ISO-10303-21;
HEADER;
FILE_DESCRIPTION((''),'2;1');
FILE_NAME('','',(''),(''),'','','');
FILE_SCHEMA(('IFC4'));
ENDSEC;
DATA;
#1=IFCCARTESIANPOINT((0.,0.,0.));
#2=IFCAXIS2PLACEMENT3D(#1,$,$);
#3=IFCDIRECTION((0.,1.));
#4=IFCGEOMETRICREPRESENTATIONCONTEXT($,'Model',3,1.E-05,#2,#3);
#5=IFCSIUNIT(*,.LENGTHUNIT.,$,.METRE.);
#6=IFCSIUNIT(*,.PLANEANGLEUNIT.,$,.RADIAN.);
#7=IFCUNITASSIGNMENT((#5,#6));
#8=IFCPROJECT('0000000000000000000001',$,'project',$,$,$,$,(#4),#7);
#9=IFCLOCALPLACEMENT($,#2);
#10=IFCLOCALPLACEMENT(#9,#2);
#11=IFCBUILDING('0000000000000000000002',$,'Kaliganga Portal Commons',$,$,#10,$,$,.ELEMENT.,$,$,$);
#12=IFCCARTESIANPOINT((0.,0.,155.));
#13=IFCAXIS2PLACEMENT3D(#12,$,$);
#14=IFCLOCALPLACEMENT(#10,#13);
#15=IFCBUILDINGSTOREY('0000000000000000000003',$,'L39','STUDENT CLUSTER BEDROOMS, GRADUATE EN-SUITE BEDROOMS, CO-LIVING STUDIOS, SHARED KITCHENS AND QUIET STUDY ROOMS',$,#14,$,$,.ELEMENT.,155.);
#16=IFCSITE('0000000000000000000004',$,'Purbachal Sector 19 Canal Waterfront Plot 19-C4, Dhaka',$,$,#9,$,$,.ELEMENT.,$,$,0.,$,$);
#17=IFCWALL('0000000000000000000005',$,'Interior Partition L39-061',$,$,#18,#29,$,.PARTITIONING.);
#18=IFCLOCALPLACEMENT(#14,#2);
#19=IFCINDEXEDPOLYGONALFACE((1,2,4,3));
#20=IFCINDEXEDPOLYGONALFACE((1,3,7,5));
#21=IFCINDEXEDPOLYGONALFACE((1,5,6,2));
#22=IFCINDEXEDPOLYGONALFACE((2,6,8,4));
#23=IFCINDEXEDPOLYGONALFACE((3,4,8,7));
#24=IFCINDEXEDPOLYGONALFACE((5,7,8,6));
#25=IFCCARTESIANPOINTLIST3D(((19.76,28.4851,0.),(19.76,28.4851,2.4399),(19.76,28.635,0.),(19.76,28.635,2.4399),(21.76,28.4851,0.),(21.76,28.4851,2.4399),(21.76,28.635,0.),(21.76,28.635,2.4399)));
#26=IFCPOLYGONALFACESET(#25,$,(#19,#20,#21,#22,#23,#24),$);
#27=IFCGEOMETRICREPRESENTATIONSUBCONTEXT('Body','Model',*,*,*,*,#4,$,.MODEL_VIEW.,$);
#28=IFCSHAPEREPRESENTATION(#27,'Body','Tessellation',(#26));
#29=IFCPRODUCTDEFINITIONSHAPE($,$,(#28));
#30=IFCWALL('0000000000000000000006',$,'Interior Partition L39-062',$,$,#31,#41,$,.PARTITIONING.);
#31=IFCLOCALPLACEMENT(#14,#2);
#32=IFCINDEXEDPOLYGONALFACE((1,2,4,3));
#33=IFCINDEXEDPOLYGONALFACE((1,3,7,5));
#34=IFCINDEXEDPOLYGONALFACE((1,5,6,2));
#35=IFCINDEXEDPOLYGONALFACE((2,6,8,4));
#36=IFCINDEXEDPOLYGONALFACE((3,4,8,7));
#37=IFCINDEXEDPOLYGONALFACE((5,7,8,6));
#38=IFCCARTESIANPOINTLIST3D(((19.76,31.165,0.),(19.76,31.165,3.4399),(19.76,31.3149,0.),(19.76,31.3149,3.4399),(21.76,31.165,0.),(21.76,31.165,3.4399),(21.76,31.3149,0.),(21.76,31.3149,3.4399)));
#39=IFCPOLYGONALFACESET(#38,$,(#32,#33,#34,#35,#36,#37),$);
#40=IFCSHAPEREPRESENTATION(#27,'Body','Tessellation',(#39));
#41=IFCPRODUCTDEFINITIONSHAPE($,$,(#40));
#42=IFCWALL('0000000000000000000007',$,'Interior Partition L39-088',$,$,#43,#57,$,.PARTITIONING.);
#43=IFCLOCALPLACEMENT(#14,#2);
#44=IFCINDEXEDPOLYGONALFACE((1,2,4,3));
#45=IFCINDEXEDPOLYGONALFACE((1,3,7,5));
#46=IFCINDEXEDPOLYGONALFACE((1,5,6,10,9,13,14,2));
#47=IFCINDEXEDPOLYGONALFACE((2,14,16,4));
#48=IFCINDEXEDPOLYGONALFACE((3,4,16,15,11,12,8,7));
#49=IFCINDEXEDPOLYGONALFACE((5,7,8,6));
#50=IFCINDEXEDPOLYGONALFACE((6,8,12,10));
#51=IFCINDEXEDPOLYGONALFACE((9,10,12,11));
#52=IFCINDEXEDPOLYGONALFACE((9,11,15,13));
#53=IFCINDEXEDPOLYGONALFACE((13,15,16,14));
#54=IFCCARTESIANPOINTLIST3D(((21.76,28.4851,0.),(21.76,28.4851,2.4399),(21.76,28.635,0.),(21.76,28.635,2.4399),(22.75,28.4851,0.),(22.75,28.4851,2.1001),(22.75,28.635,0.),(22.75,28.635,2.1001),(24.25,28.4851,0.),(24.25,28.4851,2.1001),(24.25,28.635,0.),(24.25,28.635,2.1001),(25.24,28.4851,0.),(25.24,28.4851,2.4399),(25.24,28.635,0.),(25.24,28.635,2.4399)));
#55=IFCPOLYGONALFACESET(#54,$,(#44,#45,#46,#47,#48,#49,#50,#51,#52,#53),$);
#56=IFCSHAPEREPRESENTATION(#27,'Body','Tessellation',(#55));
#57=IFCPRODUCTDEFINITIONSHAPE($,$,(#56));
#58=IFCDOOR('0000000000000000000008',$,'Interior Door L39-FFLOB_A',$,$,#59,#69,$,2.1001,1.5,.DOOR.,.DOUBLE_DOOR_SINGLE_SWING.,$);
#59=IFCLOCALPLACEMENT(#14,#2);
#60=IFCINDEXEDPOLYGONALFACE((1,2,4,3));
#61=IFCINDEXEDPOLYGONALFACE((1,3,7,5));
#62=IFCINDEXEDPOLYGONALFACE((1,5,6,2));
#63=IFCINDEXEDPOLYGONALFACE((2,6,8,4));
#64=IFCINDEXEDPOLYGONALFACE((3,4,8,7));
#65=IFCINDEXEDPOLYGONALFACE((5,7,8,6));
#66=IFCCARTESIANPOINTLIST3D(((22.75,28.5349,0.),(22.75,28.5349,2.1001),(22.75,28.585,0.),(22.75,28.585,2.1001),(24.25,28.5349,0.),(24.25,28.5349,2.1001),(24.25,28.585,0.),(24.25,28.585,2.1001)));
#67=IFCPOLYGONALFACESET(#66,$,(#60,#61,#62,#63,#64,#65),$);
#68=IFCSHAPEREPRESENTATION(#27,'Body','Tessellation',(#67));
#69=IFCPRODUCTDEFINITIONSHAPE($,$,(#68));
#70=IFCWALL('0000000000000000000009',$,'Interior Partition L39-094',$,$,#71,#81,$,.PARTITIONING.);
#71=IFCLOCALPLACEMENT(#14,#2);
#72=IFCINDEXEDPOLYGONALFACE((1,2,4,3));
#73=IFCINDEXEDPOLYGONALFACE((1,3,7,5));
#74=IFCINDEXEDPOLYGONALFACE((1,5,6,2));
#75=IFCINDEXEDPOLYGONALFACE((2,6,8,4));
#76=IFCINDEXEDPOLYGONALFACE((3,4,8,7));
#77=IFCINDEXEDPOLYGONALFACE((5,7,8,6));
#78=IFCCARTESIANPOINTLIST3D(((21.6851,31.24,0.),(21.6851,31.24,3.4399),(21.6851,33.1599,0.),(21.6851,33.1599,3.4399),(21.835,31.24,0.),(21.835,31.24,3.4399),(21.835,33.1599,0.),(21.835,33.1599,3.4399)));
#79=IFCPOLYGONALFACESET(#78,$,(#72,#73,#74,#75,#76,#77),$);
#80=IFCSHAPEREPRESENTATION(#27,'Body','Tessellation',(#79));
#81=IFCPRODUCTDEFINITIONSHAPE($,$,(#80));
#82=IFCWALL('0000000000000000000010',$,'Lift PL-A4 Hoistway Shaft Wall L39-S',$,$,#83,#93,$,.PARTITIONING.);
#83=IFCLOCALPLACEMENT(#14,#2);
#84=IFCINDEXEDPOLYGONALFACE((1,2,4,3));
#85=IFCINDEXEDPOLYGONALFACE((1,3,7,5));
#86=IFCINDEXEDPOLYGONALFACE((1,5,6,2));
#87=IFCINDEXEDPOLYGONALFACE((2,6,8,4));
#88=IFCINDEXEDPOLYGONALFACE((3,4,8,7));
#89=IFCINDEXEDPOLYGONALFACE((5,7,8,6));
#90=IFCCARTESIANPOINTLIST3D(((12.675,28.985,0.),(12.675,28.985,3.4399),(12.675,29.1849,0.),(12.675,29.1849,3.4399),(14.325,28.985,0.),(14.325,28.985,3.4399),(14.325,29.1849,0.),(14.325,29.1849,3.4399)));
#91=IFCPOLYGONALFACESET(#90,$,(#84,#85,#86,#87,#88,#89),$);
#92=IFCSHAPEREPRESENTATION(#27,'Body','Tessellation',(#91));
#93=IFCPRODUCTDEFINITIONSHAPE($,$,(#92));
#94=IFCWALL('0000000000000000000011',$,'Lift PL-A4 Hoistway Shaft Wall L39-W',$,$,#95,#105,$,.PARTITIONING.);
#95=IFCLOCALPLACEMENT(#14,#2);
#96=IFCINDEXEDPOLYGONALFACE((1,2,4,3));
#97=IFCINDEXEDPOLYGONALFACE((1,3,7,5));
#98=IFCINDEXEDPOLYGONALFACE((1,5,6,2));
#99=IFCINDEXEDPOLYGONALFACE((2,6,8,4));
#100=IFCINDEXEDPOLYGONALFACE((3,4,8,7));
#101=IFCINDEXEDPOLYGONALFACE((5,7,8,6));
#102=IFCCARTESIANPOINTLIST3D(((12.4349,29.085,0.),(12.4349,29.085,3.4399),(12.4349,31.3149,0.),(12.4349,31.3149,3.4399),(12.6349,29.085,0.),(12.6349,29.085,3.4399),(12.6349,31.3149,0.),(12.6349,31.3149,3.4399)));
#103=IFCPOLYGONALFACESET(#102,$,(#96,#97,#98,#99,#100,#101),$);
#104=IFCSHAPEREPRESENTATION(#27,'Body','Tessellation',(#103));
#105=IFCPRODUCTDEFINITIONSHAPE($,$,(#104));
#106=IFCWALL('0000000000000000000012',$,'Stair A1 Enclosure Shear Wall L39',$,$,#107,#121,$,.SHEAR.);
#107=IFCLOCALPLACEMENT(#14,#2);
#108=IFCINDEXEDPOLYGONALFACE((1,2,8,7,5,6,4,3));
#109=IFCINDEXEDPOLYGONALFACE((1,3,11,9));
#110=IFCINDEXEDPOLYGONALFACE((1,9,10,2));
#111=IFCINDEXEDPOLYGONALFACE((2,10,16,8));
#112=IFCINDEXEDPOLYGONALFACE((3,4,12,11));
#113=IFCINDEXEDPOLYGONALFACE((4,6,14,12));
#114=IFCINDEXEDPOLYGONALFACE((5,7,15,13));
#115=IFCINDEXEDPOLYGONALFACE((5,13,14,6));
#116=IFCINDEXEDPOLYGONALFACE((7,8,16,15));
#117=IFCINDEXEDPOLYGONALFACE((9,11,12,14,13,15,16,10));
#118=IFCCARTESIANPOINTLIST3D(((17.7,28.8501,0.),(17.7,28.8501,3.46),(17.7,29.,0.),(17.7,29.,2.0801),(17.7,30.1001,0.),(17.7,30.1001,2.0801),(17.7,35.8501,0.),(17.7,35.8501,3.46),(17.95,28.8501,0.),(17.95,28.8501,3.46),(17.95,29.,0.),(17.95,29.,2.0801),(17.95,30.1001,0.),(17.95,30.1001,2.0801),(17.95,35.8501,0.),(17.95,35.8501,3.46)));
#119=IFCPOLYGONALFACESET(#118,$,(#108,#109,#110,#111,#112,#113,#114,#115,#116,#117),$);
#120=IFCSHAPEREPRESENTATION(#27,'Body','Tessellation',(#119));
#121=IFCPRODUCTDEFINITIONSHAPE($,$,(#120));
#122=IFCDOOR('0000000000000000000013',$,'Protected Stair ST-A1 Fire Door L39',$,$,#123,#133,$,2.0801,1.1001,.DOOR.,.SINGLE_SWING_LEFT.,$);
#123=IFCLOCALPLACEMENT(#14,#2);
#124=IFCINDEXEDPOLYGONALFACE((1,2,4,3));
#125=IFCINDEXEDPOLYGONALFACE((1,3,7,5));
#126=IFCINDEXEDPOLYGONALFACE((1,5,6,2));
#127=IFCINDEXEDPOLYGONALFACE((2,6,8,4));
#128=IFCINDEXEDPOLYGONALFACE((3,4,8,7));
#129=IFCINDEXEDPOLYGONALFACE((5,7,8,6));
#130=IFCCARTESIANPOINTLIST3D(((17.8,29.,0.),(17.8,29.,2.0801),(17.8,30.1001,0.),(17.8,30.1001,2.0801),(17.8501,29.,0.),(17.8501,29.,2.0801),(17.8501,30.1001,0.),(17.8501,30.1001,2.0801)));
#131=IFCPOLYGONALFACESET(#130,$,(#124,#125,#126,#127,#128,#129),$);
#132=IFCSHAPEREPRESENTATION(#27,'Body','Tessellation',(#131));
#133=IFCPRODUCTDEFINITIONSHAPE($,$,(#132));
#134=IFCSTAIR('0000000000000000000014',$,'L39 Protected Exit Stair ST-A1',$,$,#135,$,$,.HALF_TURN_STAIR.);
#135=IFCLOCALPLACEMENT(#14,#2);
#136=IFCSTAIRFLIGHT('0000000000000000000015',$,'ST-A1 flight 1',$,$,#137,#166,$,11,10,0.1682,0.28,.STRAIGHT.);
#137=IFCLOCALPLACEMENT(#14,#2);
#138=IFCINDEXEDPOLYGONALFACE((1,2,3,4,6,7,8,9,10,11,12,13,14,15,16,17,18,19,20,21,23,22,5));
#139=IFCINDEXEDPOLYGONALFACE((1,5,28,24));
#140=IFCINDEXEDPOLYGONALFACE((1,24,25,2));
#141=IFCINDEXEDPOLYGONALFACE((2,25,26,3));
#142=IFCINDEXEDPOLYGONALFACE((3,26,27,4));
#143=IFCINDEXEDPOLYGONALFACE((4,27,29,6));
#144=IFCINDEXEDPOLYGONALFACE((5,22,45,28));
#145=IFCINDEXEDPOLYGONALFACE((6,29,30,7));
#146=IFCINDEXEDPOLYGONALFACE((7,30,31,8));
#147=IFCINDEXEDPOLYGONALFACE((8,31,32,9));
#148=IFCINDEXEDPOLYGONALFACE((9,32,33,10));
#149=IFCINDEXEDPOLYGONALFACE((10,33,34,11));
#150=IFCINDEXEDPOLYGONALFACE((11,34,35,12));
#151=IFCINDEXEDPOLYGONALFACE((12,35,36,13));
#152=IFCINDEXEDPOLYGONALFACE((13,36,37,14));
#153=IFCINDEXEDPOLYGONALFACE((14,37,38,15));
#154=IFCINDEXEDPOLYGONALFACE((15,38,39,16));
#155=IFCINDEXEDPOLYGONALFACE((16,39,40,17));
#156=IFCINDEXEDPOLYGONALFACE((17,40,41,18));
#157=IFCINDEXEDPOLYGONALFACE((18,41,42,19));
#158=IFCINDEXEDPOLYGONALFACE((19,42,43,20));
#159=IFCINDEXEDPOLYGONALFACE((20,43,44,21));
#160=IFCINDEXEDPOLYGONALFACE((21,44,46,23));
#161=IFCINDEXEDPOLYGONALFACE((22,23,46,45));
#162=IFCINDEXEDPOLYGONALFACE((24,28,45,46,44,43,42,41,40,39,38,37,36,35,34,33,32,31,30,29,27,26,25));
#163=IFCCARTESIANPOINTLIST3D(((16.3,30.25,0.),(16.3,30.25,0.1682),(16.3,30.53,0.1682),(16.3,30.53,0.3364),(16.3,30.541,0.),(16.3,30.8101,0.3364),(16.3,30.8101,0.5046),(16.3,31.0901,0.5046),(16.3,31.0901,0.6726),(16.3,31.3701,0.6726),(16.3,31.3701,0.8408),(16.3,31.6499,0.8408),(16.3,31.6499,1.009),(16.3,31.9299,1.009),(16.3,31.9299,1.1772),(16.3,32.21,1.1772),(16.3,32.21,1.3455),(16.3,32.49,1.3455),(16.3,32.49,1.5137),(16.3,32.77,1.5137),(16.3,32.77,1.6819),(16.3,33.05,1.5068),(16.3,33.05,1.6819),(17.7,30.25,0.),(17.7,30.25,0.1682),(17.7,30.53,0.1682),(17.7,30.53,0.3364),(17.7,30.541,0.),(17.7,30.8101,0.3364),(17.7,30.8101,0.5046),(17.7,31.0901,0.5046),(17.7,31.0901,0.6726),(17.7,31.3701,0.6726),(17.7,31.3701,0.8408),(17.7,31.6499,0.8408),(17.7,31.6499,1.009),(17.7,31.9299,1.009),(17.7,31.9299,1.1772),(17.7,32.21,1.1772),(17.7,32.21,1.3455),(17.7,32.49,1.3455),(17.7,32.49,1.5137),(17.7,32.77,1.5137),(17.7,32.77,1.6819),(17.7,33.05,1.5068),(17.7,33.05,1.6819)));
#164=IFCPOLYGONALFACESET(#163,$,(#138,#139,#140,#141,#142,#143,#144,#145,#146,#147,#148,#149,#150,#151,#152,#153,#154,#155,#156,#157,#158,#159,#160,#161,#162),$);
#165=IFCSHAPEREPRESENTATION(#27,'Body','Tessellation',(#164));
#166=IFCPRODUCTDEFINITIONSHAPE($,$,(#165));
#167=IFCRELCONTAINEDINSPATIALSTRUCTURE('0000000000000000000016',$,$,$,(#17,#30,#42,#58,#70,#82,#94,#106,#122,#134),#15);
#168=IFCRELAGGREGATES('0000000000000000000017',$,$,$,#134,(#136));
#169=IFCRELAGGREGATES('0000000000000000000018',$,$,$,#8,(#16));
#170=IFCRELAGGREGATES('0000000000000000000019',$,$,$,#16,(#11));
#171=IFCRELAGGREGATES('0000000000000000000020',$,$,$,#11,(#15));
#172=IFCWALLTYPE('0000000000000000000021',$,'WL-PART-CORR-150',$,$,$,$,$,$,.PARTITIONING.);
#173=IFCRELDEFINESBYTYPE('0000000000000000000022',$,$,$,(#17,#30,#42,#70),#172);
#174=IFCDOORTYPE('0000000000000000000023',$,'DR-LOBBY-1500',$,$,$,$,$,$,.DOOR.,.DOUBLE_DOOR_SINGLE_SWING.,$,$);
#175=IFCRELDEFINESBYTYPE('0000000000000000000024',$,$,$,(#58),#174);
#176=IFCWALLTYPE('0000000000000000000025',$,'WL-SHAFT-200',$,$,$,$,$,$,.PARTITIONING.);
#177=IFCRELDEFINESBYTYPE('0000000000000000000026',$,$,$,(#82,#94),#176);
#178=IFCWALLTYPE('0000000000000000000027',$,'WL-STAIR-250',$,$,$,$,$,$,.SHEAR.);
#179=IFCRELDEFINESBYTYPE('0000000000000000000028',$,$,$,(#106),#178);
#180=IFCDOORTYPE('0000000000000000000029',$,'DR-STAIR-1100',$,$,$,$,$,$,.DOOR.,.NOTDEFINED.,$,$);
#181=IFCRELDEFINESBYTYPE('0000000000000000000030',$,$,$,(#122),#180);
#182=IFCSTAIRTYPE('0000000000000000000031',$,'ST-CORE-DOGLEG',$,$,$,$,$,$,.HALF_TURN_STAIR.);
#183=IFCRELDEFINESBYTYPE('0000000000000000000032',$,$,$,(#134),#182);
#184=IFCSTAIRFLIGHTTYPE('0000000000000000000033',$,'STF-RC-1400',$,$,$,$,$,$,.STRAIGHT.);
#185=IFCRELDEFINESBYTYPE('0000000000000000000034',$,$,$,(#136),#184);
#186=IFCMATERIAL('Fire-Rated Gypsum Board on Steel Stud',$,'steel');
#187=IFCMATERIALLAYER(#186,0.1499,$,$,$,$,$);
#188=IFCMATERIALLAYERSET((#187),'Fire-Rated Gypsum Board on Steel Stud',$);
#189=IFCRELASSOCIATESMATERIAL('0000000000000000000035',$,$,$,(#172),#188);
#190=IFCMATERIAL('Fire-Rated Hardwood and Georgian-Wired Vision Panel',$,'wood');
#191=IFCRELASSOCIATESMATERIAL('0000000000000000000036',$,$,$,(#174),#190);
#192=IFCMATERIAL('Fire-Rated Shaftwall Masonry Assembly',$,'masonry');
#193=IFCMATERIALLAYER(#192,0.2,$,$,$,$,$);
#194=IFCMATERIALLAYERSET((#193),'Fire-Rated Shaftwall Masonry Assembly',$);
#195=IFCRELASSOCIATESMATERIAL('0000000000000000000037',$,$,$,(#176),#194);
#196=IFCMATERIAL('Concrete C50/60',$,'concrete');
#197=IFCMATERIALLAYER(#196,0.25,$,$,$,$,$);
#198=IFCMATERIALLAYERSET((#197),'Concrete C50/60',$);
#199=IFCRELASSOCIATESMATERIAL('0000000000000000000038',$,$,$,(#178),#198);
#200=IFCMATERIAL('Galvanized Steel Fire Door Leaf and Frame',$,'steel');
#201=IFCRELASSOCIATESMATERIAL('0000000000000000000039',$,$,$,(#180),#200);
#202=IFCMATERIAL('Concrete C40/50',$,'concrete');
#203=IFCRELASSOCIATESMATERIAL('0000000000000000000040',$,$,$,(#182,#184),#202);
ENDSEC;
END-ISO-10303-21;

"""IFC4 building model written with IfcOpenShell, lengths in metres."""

from ifc_helpers import new_model, si_unit, direction, frame, frame_2d, origin, place, context, subcontext, project, spatial, polyline, rectangle, outline, extrude, material, layer, layer_set, type_object, element, fill, aggregate, save


model = new_model("IFC4")

# Units and contexts
model_context = context("Model", 3, precision=1e-05, world=origin(), true_north=direction((0.0, 1.0)))
body_context = subcontext(model_context, "Body", "Model", "MODEL_VIEW")
ifc_project = project(units=[si_unit("LENGTHUNIT", "METRE"), si_unit("PLANEANGLEUNIT", "RADIAN")], contexts=[model_context])

# Site, building, storey
site_placement = place(None, origin())
site = spatial("IfcSite", under=ifc_project, at=site_placement, Name="Purbachal Sector 19 Canal Waterfront Plot 19-C4, Dhaka", CompositionType="ELEMENT", RefElevation=0.0)
building_placement = place(site_placement, origin())
building = spatial("IfcBuilding", under=site, at=building_placement, Name="Kaliganga Portal Commons", CompositionType="ELEMENT")
storey_placement = place(building_placement, frame((0.0, 0.0, 155.0)))
storey = spatial("IfcBuildingStorey", under=building, at=storey_placement, Name="L39", Description="STUDENT CLUSTER BEDROOMS, GRADUATE EN-SUITE BEDROOMS, CO-LIVING STUDIOS, SHARED KITCHENS AND QUIET STUDY ROOMS", CompositionType="ELEMENT", Elevation=155.0)

# Shared definitions
ifc_material_1 = material(Name="Concrete C50/60", Category="concrete")

# Shared definitions
ifc_material_2 = material(Name="Fire-Rated Gypsum Board on Steel Stud", Category="steel")
ifc_layer_1 = layer(ifc_material_2, 0.1499)
ifc_layer_set_1 = layer_set([ifc_layer_1], Name="Fire-Rated Gypsum Board on Steel Stud")
wall_type_1 = type_object("IfcWallType", Name="WL-PART-CORR-150", PredefinedType="PARTITIONING", material=ifc_layer_set_1)

# Walls
wall_1_placement = place(storey_placement, frame((19.76, 28.5601, 0.0), z_axis=(0.0, 0.0, 1.0), x_axis=(1.0, 0.0, 0.0)))
element("IfcWall", 1, at=wall_1_placement, inside=storey, type_object=wall_type_1, Name="Interior Partition L39-061", PredefinedType="PARTITIONING", context=body_context, shape_type="SweptSolid", body=[
    extrude(rectangle(XDim=2.0, YDim=0.1499, at=frame_2d((1.0, 0.0))), origin(), (0.0, 0.0, 1.0), 2.4399),
])
wall_2_placement = place(storey_placement, frame((19.76, 31.24, 0.0), z_axis=(0.0, 0.0, 1.0), x_axis=(1.0, 0.0, 0.0)))
element("IfcWall", 2, at=wall_2_placement, inside=storey, type_object=wall_type_1, Name="Interior Partition L39-062", PredefinedType="PARTITIONING", context=body_context, shape_type="SweptSolid", body=[
    extrude(rectangle(XDim=2.0, YDim=0.1499, at=frame_2d((1.0, 0.0))), origin(), (0.0, 0.0, 1.0), 3.4399),
])

# Wall, opening, door
wall_3_placement = place(storey_placement, frame((21.76, 28.5601, 0.0), z_axis=(0.0, 0.0, 1.0), x_axis=(1.0, 0.0, 0.0)))
wall_3 = element("IfcWall", 3, at=wall_3_placement, inside=storey, type_object=wall_type_1, Name="Interior Partition L39-088", PredefinedType="PARTITIONING", context=body_context, shape_type="SweptSolid", body=[
    extrude(rectangle(XDim=3.48, YDim=0.1499, at=frame_2d((1.74, 0.0))), origin(), (0.0, 0.0, 1.0), 2.4399),
])
opening_1_placement = place(wall_3_placement, frame((0.99, 0.0, 0.0)))
opening_1 = element("IfcOpeningElement", 4, at=opening_1_placement, cuts=wall_3, PredefinedType="OPENING", context=body_context, shape_type="SweptSolid", body=[
    extrude(rectangle(XDim=1.5, YDim=2.1001, at=frame_2d((0.75, 1.05))), frame((0.0, 0.085, 0.0), z_axis=(0.0, -1.0, 0.0), x_axis=(1.0, 0.0, 0.0)), (0.0, 0.0, 1.0), 0.1699),
])
ifc_material_3 = material(Name="Fire-Rated Hardwood and Georgian-Wired Vision Panel", Category="wood")
door_type_1 = type_object("IfcDoorType", Name="DR-LOBBY-1500", OperationType="DOUBLE_DOOR_SINGLE_SWING", PredefinedType="DOOR", material=ifc_material_3)
door_1_placement = place(opening_1_placement, origin())
door_1 = element("IfcDoor", 5, at=door_1_placement, inside=storey, type_object=door_type_1, Name="Interior Door L39-FFLOB_A", OperationType="DOUBLE_DOOR_SINGLE_SWING", OverallHeight=2.1001, OverallWidth=1.5, PredefinedType="DOOR", context=body_context, shape_type="SweptSolid", body=[
    extrude(rectangle(XDim=1.5, YDim=2.1001, at=frame_2d((0.75, 1.05))), frame((0.0, 0.0249, 0.0), z_axis=(0.0, -1.0, 0.0), x_axis=(1.0, 0.0, 0.0)), (0.0, 0.0, 1.0), 0.05),
])
fill(opening_1, door_1)

# Walls
wall_4_placement = place(storey_placement, frame((21.76, 31.24, 0.0), z_axis=(0.0, 0.0, 1.0), x_axis=(0.0, 1.0, 0.0)))
element("IfcWall", 6, at=wall_4_placement, inside=storey, type_object=wall_type_1, Name="Interior Partition L39-094", PredefinedType="PARTITIONING", context=body_context, shape_type="SweptSolid", body=[
    extrude(rectangle(XDim=1.9199, YDim=0.1499, at=frame_2d((0.96, 0.0))), origin(), (0.0, 0.0, 1.0), 3.4399),
])
ifc_material_4 = material(Name="Fire-Rated Shaftwall Masonry Assembly", Category="masonry")
ifc_layer_2 = layer(ifc_material_4, 0.2)
ifc_layer_set_2 = layer_set([ifc_layer_2], Name="Fire-Rated Shaftwall Masonry Assembly")
wall_type_2 = type_object("IfcWallType", Name="WL-SHAFT-200", PredefinedType="PARTITIONING", material=ifc_layer_set_2)
wall_5_placement = place(storey_placement, frame((12.675, 29.085, 0.0), z_axis=(0.0, 0.0, 1.0), x_axis=(1.0, 0.0, 0.0)))
element("IfcWall", 7, at=wall_5_placement, inside=storey, type_object=wall_type_2, Name="Lift PL-A4 Hoistway Shaft Wall L39-S", PredefinedType="PARTITIONING", context=body_context, shape_type="SweptSolid", body=[
    extrude(rectangle(XDim=1.6499, YDim=0.2, at=frame_2d((0.825, 0.0))), origin(), (0.0, 0.0, 1.0), 3.4399),
])

# Wall
wall_6_placement = place(storey_placement, frame((12.5349, 29.085, 0.0), z_axis=(0.0, 0.0, 1.0), x_axis=(0.0, 1.0, 0.0)))
element("IfcWall", 8, at=wall_6_placement, inside=storey, type_object=wall_type_2, Name="Lift PL-A4 Hoistway Shaft Wall L39-W", PredefinedType="PARTITIONING", context=body_context, shape_type="SweptSolid", body=[
    extrude(rectangle(XDim=2.23, YDim=0.2, at=frame_2d((1.115, 0.0))), origin(), (0.0, 0.0, 1.0), 3.4399),
])

# Wall, opening, door
ifc_layer_3 = layer(ifc_material_1, 0.25)
ifc_layer_set_3 = layer_set([ifc_layer_3], Name="Concrete C50/60")
wall_type_3 = type_object("IfcWallType", Name="WL-STAIR-250", PredefinedType="SHEAR", material=ifc_layer_set_3)
wall_7_placement = place(storey_placement, frame((17.825, 28.8501, 0.0), z_axis=(0.0, 0.0, 1.0), x_axis=(0.0, 1.0, 0.0)))
wall_7 = element("IfcWall", 9, at=wall_7_placement, inside=storey, type_object=wall_type_3, Name="Stair A1 Enclosure Shear Wall L39", PredefinedType="SHEAR", context=body_context, shape_type="SweptSolid", body=[
    extrude(rectangle(XDim=7.0, YDim=0.25, at=frame_2d((3.5, 0.0))), origin(), (0.0, 0.0, 1.0), 3.46),
])
opening_2_placement = place(wall_7_placement, frame((0.1499, 0.0, 0.0)))
opening_2 = element("IfcOpeningElement", 10, at=opening_2_placement, cuts=wall_7, PredefinedType="OPENING", context=body_context, shape_type="SweptSolid", body=[
    extrude(rectangle(XDim=1.1001, YDim=2.0801, at=frame_2d((0.55, 1.04))), frame((0.0, 0.135, 0.0), z_axis=(0.0, -1.0, 0.0), x_axis=(1.0, 0.0, 0.0)), (0.0, 0.0, 1.0), 0.27),
])
ifc_material_5 = material(Name="Galvanized Steel Fire Door Leaf and Frame", Category="steel")
door_type_2 = type_object("IfcDoorType", Name="DR-STAIR-1100", OperationType="NOTDEFINED", PredefinedType="DOOR", material=ifc_material_5)
door_2_placement = place(opening_2_placement, origin())
door_2 = element("IfcDoor", 11, at=door_2_placement, inside=storey, type_object=door_type_2, Name="Protected Stair ST-A1 Fire Door L39", OperationType="SINGLE_SWING_LEFT", OverallHeight=2.0801, OverallWidth=1.1001, PredefinedType="DOOR", context=body_context, shape_type="SweptSolid", body=[
    extrude(rectangle(XDim=1.1001, YDim=2.0801, at=frame_2d((0.55, 1.04))), frame((0.0, 0.0249, 0.0), z_axis=(0.0, -1.0, 0.0), x_axis=(1.0, 0.0, 0.0)), (0.0, 0.0, 1.0), 0.05),
])
fill(opening_2, door_2)

# Stair, stair flight
ifc_material_6 = material(Name="Concrete C40/50", Category="concrete")
stair_type = type_object("IfcStairType", Name="ST-CORE-DOGLEG", PredefinedType="HALF_TURN_STAIR", material=ifc_material_6)
stair_placement = place(storey_placement, origin())
stair = element("IfcStair", 12, at=stair_placement, inside=storey, type_object=stair_type, Name="L39 Protected Exit Stair ST-A1", PredefinedType="HALF_TURN_STAIR")
stair_flight_type = type_object("IfcStairFlightType", Name="STF-RC-1400", PredefinedType="STRAIGHT", material=ifc_material_6)
stair_flight_placement = place(storey_placement, frame((17.0, 30.25, 0.0), z_axis=(0.0, 0.0, 1.0), x_axis=(0.0, 1.0, 0.0)))
stair_flight = element("IfcStairFlight", 13, at=stair_flight_placement, type_object=stair_flight_type, Name="ST-A1 flight 1", NumberOfRisers=11, NumberOfTreads=10, PredefinedType="STRAIGHT", RiserHeight=0.1682, TreadLength=0.28, context=body_context, shape_type="SweptSolid", body=[
    extrude(outline(polyline([(0.0, 0.0), (0.0, 0.1682), (0.28, 0.1682), (0.28, 0.3364), (0.5601, 0.3364), (0.5601, 0.5046), (0.8401, 0.5046), (0.8401, 0.6726), (1.1201, 0.6726), (1.1201, 0.8408), (1.3999, 0.8408), (1.3999, 1.009), (1.6799, 1.009), (1.6799, 1.1772), (1.96, 1.1772), (1.96, 1.3455), (2.24, 1.3455), (2.24, 1.5137), (2.52, 1.5137), (2.52, 1.6819), (2.8, 1.6819), (2.8, 1.8501), (2.8, 1.5068), (0.291, 0.0), (0.0, 0.0)])), frame((0.0, 0.7, 0.0), z_axis=(0.0, -1.0, 0.0), x_axis=(1.0, 0.0, 0.0)), (0.0, 0.0, 1.0), 1.3999),
])
aggregate(stair, [stair_flight])

save(model, "model.ifc")
